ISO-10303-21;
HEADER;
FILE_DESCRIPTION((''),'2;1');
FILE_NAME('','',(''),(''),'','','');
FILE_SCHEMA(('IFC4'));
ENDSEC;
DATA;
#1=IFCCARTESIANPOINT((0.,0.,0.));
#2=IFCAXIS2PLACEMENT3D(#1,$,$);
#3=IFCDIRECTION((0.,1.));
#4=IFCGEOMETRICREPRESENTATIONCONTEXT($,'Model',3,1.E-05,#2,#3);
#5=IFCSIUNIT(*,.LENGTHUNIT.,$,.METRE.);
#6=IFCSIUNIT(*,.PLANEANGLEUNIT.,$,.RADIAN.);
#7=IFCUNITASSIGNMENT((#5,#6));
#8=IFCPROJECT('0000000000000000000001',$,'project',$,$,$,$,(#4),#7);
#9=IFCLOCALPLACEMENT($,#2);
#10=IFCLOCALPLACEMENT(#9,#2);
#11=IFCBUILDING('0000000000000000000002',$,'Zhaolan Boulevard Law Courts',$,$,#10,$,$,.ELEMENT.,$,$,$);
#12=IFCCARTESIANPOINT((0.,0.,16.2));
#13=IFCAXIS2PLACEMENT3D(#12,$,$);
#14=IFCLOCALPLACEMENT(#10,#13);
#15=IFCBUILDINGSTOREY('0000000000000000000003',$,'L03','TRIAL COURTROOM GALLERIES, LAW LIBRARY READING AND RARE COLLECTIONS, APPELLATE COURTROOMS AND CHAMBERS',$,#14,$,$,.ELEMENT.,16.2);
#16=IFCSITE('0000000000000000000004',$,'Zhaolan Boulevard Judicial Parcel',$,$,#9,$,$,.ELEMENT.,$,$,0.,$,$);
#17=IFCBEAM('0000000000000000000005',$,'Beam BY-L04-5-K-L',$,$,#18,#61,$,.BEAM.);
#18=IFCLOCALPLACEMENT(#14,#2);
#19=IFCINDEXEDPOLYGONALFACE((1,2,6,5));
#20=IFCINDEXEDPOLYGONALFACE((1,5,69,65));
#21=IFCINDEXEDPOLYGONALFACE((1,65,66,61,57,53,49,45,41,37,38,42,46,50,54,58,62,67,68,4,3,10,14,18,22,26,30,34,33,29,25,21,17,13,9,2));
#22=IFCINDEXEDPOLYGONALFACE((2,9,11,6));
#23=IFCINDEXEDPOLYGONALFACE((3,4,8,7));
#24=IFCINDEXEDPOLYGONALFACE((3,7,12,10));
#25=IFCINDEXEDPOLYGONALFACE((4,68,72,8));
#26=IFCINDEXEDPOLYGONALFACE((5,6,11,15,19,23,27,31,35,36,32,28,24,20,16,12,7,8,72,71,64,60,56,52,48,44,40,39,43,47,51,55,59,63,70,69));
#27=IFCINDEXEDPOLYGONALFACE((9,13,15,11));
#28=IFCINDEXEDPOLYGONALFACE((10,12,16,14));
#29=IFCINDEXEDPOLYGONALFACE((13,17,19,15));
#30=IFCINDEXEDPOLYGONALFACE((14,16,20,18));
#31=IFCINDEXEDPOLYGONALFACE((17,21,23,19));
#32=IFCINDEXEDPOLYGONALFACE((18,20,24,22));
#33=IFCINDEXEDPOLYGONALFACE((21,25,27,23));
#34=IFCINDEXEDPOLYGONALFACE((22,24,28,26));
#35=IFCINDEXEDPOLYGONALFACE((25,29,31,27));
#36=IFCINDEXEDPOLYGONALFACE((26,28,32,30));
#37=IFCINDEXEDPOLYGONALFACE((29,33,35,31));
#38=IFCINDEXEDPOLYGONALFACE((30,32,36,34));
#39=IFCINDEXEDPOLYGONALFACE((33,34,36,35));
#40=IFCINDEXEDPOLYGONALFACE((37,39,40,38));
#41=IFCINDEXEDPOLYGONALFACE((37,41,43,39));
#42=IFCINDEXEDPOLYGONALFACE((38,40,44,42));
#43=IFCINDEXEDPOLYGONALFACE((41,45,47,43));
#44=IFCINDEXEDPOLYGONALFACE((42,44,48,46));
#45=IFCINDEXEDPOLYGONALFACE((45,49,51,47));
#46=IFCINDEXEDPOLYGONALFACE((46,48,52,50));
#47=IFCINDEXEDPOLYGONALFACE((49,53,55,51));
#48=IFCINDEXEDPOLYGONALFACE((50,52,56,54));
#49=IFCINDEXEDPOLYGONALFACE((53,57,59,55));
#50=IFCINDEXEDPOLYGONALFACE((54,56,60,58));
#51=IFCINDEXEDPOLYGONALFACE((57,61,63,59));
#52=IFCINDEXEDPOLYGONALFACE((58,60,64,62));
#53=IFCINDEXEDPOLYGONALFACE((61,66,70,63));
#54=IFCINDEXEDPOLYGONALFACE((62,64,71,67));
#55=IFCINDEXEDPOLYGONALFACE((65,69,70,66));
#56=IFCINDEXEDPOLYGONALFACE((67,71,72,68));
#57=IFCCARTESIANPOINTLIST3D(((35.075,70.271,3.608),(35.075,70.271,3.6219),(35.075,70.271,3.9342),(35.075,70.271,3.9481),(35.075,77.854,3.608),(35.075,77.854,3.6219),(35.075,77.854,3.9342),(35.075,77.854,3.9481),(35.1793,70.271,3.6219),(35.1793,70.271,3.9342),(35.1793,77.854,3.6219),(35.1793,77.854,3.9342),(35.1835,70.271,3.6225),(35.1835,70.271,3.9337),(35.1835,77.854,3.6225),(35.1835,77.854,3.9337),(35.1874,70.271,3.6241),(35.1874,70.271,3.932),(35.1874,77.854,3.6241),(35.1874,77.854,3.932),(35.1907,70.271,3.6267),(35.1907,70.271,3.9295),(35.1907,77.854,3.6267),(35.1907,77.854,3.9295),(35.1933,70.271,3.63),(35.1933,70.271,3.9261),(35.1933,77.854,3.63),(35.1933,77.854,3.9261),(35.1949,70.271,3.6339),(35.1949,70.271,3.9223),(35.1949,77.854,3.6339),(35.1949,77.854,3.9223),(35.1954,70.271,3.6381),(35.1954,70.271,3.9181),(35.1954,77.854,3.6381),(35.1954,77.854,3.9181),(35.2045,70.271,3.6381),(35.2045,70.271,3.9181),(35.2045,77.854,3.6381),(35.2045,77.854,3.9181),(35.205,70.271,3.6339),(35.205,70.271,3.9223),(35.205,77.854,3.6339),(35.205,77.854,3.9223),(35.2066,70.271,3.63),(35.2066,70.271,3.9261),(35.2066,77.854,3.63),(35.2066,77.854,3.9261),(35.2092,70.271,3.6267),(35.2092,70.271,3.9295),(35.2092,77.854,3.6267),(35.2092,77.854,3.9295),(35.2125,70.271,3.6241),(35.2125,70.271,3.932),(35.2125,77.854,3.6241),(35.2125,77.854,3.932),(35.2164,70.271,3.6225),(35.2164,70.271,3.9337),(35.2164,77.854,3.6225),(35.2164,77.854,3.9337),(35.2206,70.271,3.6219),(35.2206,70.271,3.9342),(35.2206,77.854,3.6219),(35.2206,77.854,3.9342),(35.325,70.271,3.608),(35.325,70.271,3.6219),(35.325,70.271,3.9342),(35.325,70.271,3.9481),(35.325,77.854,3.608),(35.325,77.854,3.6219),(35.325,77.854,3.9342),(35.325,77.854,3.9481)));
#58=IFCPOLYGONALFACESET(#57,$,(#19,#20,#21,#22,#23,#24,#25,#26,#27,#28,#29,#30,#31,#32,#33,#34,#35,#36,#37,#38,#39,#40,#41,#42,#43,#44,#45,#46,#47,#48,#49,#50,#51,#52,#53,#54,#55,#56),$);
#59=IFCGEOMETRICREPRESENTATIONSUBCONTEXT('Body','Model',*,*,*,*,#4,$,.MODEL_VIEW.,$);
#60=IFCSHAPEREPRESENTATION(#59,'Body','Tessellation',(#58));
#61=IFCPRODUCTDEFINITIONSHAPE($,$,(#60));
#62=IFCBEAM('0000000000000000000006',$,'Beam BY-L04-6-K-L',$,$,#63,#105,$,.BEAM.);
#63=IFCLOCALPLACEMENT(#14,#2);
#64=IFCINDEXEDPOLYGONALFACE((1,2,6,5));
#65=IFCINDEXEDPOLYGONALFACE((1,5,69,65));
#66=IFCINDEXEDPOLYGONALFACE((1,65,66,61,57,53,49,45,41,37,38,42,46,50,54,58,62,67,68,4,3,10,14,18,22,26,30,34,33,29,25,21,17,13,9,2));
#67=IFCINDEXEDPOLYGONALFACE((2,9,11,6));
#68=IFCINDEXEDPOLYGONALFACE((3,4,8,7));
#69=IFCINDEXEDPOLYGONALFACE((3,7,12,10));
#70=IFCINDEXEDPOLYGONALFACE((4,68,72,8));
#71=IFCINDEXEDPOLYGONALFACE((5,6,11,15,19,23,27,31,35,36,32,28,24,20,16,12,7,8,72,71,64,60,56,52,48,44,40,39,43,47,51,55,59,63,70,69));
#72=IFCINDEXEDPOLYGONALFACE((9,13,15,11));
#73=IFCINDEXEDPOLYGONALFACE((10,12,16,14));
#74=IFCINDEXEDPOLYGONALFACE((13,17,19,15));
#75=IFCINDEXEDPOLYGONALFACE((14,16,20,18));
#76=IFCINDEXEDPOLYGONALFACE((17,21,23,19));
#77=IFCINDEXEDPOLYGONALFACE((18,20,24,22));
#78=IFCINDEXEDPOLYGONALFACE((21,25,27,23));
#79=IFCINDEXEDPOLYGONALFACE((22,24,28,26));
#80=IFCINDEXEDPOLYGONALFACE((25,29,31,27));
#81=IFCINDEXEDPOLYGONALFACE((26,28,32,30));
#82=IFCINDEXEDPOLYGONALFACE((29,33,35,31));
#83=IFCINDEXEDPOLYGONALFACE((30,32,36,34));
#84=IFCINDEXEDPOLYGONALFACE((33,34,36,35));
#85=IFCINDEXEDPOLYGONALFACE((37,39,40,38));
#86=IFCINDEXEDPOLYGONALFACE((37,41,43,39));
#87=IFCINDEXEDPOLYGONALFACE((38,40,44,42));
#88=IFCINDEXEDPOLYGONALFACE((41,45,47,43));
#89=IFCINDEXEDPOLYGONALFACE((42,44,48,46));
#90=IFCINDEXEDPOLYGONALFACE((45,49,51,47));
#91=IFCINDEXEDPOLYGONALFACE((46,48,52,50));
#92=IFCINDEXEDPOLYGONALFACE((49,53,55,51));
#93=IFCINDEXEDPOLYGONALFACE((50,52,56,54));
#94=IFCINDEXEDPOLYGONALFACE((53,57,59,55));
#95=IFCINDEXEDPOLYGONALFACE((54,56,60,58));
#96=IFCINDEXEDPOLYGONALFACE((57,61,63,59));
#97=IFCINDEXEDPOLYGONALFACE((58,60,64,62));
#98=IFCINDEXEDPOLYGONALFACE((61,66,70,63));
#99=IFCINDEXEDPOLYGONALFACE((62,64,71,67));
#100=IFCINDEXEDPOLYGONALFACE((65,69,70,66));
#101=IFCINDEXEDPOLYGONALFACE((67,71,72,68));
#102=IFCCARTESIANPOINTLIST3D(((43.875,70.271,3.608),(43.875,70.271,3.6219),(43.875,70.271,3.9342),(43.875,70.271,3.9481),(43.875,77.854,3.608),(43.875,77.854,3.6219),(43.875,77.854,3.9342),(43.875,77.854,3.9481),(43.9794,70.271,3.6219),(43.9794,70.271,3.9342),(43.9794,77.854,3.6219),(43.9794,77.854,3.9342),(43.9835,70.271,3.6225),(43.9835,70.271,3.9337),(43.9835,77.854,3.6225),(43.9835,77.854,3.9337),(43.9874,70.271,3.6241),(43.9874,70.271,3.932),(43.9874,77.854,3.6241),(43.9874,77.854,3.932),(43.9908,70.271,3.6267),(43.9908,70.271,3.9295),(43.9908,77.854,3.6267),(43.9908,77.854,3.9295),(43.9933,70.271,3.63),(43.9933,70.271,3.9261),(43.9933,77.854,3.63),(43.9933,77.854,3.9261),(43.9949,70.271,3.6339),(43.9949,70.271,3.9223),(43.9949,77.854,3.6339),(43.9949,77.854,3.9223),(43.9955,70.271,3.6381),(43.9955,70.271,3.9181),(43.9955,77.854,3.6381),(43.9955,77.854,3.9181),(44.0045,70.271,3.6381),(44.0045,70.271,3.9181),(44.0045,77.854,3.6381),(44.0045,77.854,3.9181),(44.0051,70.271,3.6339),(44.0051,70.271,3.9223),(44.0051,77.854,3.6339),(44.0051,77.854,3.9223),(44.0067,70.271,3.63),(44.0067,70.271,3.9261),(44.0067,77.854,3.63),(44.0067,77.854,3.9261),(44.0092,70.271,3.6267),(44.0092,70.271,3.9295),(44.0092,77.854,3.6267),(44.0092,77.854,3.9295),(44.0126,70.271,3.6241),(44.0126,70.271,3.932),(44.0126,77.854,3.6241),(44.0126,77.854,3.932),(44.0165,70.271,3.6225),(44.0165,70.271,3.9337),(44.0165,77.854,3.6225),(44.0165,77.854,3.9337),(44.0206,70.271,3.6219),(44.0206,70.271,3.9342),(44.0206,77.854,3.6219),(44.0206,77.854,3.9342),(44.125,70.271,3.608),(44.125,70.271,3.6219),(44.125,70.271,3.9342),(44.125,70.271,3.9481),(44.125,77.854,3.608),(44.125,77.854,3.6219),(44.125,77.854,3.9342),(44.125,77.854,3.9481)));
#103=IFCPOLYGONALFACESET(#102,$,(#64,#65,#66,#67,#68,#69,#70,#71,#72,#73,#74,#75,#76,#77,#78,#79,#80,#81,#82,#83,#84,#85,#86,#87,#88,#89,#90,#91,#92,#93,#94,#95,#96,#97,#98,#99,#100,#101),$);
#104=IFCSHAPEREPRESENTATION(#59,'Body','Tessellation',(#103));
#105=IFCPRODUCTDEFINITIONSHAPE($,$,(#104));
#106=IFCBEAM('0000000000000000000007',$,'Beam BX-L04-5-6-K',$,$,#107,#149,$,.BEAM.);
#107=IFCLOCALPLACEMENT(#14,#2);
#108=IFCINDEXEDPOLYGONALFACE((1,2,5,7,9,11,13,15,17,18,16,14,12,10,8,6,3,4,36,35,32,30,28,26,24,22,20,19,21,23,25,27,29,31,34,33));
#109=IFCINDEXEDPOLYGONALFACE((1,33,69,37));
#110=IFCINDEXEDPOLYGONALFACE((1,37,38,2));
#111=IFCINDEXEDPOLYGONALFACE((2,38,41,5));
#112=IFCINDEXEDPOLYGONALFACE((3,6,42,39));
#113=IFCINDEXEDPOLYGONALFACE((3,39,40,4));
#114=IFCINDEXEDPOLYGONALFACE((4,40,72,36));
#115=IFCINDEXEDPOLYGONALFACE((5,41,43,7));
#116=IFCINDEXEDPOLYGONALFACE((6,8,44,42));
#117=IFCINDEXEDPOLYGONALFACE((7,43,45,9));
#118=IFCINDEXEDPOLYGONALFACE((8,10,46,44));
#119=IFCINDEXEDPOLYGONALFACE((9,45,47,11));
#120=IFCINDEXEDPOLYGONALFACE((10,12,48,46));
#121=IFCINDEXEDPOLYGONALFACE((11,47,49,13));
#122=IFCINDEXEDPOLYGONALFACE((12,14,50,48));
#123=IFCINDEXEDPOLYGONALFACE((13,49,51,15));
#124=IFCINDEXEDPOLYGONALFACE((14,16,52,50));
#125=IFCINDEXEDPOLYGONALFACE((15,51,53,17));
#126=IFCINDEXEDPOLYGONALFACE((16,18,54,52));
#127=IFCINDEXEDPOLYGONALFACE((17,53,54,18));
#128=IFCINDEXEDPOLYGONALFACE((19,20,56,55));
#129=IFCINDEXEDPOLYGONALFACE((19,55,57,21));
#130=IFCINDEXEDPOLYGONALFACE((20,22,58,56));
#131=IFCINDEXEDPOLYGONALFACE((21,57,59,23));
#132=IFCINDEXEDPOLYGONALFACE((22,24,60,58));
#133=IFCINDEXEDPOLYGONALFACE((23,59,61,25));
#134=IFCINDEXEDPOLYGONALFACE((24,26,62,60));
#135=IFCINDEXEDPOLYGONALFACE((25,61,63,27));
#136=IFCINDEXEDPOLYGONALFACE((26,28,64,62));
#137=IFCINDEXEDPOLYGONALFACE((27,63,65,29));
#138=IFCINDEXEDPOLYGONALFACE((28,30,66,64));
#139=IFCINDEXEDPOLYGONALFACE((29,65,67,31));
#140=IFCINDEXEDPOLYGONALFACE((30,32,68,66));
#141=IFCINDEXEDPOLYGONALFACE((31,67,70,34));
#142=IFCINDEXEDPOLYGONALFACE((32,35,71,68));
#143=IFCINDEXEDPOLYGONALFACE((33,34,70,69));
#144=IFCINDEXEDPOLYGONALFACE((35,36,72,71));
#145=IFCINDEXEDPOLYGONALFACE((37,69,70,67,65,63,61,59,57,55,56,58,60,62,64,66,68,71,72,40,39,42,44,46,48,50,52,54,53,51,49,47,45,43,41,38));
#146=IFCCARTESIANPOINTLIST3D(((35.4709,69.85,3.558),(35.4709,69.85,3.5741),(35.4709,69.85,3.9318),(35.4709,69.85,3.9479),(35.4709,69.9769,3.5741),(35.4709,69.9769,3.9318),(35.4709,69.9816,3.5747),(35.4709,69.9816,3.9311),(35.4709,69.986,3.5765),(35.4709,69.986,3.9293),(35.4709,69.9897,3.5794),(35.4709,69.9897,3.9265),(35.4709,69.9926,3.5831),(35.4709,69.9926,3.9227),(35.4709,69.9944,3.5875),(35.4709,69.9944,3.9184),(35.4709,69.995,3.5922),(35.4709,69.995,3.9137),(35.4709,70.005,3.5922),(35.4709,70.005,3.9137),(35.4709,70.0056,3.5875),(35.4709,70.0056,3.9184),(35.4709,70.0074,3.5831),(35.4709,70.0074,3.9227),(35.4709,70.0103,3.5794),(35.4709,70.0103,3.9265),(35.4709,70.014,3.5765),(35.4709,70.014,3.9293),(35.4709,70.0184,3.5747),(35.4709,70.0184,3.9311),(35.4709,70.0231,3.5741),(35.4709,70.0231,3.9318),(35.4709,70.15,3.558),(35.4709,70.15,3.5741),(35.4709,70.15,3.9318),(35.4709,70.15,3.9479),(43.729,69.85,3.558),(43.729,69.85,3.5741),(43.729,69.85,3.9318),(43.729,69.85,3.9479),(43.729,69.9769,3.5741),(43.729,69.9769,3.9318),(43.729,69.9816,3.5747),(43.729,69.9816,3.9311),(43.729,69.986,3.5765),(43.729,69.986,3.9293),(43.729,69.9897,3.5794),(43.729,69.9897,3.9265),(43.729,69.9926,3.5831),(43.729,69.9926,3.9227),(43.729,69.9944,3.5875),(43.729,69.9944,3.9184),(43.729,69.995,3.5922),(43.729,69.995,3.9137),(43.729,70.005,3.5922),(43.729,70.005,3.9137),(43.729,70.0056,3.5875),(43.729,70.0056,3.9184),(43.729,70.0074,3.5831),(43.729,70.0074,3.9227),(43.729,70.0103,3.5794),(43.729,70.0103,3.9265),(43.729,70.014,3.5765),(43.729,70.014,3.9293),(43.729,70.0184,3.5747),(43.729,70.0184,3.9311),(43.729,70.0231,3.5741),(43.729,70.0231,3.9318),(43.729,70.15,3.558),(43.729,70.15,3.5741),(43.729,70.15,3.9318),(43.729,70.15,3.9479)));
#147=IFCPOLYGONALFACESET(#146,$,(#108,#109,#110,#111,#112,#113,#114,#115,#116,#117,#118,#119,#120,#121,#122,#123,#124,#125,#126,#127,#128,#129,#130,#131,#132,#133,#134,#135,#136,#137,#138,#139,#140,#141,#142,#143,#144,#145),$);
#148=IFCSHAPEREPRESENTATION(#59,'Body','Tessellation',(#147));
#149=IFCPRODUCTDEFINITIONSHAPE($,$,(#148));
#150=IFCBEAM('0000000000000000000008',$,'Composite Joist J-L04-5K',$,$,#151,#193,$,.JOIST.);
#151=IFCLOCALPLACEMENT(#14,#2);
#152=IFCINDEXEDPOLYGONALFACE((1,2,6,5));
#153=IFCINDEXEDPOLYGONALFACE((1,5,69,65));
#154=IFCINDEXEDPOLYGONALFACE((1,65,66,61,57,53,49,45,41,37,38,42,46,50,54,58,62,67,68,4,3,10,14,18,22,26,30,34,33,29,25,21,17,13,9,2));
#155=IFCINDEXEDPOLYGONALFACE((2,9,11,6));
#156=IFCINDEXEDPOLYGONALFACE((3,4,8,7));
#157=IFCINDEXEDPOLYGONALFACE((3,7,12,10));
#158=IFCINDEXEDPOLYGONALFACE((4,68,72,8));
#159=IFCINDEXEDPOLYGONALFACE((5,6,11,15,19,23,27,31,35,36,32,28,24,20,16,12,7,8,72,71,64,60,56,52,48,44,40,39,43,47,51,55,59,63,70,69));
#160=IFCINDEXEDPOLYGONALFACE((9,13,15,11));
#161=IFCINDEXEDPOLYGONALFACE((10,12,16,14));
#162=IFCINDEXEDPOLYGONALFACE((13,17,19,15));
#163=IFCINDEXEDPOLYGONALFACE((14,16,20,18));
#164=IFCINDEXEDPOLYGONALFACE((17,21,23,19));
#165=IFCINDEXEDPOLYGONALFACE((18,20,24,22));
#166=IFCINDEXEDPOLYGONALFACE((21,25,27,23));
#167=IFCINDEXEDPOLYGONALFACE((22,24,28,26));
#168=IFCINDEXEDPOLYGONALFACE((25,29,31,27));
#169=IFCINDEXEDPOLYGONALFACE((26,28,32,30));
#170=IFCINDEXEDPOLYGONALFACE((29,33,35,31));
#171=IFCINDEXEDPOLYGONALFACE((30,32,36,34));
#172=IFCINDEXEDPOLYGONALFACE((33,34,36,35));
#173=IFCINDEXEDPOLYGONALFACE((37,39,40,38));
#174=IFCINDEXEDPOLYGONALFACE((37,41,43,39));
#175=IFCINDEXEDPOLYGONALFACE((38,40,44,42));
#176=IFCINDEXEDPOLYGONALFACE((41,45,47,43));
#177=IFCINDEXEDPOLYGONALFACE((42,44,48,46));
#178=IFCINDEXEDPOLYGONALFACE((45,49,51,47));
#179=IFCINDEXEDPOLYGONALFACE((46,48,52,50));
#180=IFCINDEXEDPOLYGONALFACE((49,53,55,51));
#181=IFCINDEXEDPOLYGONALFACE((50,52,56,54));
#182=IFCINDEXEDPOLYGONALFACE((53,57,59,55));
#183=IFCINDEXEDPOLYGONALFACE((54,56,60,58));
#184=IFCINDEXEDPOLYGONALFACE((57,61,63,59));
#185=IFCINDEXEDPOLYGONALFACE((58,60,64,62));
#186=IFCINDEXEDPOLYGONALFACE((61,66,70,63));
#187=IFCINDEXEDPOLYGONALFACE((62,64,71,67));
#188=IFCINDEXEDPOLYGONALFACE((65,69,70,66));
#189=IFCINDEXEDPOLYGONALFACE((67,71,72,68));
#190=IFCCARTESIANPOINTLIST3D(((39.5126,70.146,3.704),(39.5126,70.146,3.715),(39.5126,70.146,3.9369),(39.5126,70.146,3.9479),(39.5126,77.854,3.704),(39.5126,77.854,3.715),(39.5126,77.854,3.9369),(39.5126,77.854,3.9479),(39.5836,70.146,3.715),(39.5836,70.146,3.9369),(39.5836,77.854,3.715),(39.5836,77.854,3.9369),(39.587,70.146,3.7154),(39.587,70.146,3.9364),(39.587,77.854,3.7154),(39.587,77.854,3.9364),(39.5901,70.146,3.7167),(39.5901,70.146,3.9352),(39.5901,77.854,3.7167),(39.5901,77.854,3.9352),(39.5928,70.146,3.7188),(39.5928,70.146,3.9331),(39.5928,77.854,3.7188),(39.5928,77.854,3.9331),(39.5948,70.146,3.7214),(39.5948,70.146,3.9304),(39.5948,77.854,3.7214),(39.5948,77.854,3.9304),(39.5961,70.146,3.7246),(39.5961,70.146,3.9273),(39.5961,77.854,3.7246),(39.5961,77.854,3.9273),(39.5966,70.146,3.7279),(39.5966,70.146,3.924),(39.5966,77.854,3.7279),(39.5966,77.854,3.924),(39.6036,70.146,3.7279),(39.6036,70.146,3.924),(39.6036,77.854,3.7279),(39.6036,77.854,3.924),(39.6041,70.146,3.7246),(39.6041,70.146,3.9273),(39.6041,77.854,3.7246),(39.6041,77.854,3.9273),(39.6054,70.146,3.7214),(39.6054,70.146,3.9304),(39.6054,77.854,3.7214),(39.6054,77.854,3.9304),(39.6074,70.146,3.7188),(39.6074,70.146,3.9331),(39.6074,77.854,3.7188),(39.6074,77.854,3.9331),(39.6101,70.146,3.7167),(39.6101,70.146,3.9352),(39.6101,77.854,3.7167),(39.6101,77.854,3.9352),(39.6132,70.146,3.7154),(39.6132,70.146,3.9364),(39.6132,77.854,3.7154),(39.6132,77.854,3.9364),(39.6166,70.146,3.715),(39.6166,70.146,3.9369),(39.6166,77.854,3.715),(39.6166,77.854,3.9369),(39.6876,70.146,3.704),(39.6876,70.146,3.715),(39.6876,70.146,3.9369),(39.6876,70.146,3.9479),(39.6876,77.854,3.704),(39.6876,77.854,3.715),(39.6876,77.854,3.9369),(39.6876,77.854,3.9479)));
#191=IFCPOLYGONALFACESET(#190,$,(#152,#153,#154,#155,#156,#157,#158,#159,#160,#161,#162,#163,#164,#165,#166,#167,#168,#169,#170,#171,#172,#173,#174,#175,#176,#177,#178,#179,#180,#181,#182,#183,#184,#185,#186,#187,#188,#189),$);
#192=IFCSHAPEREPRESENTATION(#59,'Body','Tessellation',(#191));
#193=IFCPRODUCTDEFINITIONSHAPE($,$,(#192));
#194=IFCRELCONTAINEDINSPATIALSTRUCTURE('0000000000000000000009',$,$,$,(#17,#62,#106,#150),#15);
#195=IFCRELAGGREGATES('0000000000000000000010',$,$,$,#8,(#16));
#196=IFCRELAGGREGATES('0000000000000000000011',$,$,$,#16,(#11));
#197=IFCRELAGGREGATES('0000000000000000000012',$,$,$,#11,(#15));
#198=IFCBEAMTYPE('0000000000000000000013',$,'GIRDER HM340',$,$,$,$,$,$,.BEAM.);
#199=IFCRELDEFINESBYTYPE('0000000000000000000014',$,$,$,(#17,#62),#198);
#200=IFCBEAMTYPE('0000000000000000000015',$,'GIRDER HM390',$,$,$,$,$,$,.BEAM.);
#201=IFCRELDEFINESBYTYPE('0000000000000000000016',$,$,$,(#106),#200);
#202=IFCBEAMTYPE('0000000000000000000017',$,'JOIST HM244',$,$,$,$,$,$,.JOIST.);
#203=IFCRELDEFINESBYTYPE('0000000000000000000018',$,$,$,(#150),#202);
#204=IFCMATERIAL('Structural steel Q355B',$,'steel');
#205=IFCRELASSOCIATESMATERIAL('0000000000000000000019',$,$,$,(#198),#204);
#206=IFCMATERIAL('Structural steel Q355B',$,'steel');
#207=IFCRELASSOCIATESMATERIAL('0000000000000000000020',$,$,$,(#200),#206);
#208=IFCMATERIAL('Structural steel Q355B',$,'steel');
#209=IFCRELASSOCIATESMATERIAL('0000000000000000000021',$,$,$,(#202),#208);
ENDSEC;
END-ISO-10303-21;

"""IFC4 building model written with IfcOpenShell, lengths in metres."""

from ifc_helpers import new_model, si_unit, direction, frame, origin, origin_2d, place, context, subcontext, project, spatial, i_section, extrude, material, material_profile, profile_set, type_object, element, save


model = new_model("IFC4")

# Units and contexts
model_context = context("Model", 3, precision=1e-05, world=origin(), true_north=direction((0.0, 1.0)))
body_context = subcontext(model_context, "Body", "Model", "MODEL_VIEW")
ifc_project = project(units=[si_unit("LENGTHUNIT", "METRE"), si_unit("PLANEANGLEUNIT", "RADIAN")], contexts=[model_context])

# Site, building, storey
site_placement = place(None, origin())
site = spatial("IfcSite", under=ifc_project, at=site_placement, Name="Zhaolan Boulevard Judicial Parcel", CompositionType="ELEMENT", RefElevation=0.0)
building_placement = place(site_placement, origin())
building = spatial("IfcBuilding", under=site, at=building_placement, Name="Zhaolan Boulevard Law Courts", CompositionType="ELEMENT")
storey_placement = place(building_placement, frame((0.0, 0.0, 16.2)))
storey = spatial("IfcBuildingStorey", under=building, at=storey_placement, Name="L03", Description="TRIAL COURTROOM GALLERIES, LAW LIBRARY READING AND RARE COLLECTIONS, APPELLATE COURTROOMS AND CHAMBERS", CompositionType="ELEMENT", Elevation=16.2)

# Beams
ifc_material_1 = material(Name="Structural steel Q355B", Category="steel")
ifc_material_profile_1 = material_profile(ifc_material_1, i_section(OverallWidth=0.25, OverallDepth=0.3401, WebThickness=0.009, FlangeThickness=0.0139, FilletRadius=0.0161, at=origin_2d()), Name="HM340x250")
ifc_profile_set_1 = profile_set([ifc_material_profile_1], Name="Structural steel Q355B")
beam_type_1 = type_object("IfcBeamType", Name="GIRDER HM340", PredefinedType="BEAM", material=ifc_profile_set_1)
for number, where, z_axis, x_axis, name in (
    (1, (35.2, 70.271, 3.7781), (0.0, 1.0, 0.0), (-1.0, 0.0, 0.0), "Beam BY-L04-5-K-L"),
    (2, (44.0, 70.271, 3.7781), (0.0, 1.0, 0.0), (-1.0, 0.0, 0.0), "Beam BY-L04-6-K-L"),
):
    element("IfcBeam", number, at=place(storey_placement, frame(where, z_axis=z_axis, x_axis=x_axis)), inside=storey, type_object=beam_type_1, Name=name, PredefinedType="BEAM", context=body_context, shape_type="SweptSolid", body=[
        extrude(i_section(OverallWidth=0.25, OverallDepth=0.3401, WebThickness=0.009, FlangeThickness=0.0139, FilletRadius=0.0161, at=origin_2d()), origin(), (0.0, 0.0, 1.0), 7.583),
    ])
ifc_material_2 = material(Name="Structural steel Q355B", Category="steel")
ifc_material_profile_2 = material_profile(ifc_material_2, i_section(OverallWidth=0.3, OverallDepth=0.3899, WebThickness=0.01, FlangeThickness=0.0161, FilletRadius=0.0181, at=origin_2d()), Name="HM390x300")
ifc_profile_set_2 = profile_set([ifc_material_profile_2], Name="Structural steel Q355B")
beam_type_2 = type_object("IfcBeamType", Name="GIRDER HM390", PredefinedType="BEAM", material=ifc_profile_set_2)
beam_1_placement = place(storey_placement, frame((35.4709, 70.0, 3.7529), z_axis=(1.0, 0.0, 0.0), x_axis=(0.0, 1.0, 0.0)))
element("IfcBeam", 3, at=beam_1_placement, inside=storey, type_object=beam_type_2, Name="Beam BX-L04-5-6-K", PredefinedType="BEAM", context=body_context, shape_type="SweptSolid", body=[
    extrude(i_section(OverallWidth=0.3, OverallDepth=0.3899, WebThickness=0.01, FlangeThickness=0.0161, FilletRadius=0.0181, at=origin_2d()), origin(), (0.0, 0.0, 1.0), 8.2581),
])
ifc_material_3 = material(Name="Structural steel Q355B", Category="steel")
ifc_material_profile_3 = material_profile(ifc_material_3, i_section(OverallWidth=0.175, OverallDepth=0.2439, WebThickness=0.0071, FlangeThickness=0.011, FilletRadius=0.0129, at=origin_2d()), Name="HM244x175")
ifc_profile_set_3 = profile_set([ifc_material_profile_3], Name="Structural steel Q355B")
beam_type_3 = type_object("IfcBeamType", Name="JOIST HM244", PredefinedType="JOIST", material=ifc_profile_set_3)
beam_2_placement = place(storey_placement, frame((39.6001, 70.146, 3.8259), z_axis=(0.0, 1.0, 0.0), x_axis=(-1.0, 0.0, 0.0)))
element("IfcBeam", 4, at=beam_2_placement, inside=storey, type_object=beam_type_3, Name="Composite Joist J-L04-5K", PredefinedType="JOIST", context=body_context, shape_type="SweptSolid", body=[
    extrude(i_section(OverallWidth=0.175, OverallDepth=0.2439, WebThickness=0.0071, FlangeThickness=0.011, FilletRadius=0.0129, at=origin_2d()), origin(), (0.0, 0.0, 1.0), 7.708),
])

save(model, "model.ifc")
